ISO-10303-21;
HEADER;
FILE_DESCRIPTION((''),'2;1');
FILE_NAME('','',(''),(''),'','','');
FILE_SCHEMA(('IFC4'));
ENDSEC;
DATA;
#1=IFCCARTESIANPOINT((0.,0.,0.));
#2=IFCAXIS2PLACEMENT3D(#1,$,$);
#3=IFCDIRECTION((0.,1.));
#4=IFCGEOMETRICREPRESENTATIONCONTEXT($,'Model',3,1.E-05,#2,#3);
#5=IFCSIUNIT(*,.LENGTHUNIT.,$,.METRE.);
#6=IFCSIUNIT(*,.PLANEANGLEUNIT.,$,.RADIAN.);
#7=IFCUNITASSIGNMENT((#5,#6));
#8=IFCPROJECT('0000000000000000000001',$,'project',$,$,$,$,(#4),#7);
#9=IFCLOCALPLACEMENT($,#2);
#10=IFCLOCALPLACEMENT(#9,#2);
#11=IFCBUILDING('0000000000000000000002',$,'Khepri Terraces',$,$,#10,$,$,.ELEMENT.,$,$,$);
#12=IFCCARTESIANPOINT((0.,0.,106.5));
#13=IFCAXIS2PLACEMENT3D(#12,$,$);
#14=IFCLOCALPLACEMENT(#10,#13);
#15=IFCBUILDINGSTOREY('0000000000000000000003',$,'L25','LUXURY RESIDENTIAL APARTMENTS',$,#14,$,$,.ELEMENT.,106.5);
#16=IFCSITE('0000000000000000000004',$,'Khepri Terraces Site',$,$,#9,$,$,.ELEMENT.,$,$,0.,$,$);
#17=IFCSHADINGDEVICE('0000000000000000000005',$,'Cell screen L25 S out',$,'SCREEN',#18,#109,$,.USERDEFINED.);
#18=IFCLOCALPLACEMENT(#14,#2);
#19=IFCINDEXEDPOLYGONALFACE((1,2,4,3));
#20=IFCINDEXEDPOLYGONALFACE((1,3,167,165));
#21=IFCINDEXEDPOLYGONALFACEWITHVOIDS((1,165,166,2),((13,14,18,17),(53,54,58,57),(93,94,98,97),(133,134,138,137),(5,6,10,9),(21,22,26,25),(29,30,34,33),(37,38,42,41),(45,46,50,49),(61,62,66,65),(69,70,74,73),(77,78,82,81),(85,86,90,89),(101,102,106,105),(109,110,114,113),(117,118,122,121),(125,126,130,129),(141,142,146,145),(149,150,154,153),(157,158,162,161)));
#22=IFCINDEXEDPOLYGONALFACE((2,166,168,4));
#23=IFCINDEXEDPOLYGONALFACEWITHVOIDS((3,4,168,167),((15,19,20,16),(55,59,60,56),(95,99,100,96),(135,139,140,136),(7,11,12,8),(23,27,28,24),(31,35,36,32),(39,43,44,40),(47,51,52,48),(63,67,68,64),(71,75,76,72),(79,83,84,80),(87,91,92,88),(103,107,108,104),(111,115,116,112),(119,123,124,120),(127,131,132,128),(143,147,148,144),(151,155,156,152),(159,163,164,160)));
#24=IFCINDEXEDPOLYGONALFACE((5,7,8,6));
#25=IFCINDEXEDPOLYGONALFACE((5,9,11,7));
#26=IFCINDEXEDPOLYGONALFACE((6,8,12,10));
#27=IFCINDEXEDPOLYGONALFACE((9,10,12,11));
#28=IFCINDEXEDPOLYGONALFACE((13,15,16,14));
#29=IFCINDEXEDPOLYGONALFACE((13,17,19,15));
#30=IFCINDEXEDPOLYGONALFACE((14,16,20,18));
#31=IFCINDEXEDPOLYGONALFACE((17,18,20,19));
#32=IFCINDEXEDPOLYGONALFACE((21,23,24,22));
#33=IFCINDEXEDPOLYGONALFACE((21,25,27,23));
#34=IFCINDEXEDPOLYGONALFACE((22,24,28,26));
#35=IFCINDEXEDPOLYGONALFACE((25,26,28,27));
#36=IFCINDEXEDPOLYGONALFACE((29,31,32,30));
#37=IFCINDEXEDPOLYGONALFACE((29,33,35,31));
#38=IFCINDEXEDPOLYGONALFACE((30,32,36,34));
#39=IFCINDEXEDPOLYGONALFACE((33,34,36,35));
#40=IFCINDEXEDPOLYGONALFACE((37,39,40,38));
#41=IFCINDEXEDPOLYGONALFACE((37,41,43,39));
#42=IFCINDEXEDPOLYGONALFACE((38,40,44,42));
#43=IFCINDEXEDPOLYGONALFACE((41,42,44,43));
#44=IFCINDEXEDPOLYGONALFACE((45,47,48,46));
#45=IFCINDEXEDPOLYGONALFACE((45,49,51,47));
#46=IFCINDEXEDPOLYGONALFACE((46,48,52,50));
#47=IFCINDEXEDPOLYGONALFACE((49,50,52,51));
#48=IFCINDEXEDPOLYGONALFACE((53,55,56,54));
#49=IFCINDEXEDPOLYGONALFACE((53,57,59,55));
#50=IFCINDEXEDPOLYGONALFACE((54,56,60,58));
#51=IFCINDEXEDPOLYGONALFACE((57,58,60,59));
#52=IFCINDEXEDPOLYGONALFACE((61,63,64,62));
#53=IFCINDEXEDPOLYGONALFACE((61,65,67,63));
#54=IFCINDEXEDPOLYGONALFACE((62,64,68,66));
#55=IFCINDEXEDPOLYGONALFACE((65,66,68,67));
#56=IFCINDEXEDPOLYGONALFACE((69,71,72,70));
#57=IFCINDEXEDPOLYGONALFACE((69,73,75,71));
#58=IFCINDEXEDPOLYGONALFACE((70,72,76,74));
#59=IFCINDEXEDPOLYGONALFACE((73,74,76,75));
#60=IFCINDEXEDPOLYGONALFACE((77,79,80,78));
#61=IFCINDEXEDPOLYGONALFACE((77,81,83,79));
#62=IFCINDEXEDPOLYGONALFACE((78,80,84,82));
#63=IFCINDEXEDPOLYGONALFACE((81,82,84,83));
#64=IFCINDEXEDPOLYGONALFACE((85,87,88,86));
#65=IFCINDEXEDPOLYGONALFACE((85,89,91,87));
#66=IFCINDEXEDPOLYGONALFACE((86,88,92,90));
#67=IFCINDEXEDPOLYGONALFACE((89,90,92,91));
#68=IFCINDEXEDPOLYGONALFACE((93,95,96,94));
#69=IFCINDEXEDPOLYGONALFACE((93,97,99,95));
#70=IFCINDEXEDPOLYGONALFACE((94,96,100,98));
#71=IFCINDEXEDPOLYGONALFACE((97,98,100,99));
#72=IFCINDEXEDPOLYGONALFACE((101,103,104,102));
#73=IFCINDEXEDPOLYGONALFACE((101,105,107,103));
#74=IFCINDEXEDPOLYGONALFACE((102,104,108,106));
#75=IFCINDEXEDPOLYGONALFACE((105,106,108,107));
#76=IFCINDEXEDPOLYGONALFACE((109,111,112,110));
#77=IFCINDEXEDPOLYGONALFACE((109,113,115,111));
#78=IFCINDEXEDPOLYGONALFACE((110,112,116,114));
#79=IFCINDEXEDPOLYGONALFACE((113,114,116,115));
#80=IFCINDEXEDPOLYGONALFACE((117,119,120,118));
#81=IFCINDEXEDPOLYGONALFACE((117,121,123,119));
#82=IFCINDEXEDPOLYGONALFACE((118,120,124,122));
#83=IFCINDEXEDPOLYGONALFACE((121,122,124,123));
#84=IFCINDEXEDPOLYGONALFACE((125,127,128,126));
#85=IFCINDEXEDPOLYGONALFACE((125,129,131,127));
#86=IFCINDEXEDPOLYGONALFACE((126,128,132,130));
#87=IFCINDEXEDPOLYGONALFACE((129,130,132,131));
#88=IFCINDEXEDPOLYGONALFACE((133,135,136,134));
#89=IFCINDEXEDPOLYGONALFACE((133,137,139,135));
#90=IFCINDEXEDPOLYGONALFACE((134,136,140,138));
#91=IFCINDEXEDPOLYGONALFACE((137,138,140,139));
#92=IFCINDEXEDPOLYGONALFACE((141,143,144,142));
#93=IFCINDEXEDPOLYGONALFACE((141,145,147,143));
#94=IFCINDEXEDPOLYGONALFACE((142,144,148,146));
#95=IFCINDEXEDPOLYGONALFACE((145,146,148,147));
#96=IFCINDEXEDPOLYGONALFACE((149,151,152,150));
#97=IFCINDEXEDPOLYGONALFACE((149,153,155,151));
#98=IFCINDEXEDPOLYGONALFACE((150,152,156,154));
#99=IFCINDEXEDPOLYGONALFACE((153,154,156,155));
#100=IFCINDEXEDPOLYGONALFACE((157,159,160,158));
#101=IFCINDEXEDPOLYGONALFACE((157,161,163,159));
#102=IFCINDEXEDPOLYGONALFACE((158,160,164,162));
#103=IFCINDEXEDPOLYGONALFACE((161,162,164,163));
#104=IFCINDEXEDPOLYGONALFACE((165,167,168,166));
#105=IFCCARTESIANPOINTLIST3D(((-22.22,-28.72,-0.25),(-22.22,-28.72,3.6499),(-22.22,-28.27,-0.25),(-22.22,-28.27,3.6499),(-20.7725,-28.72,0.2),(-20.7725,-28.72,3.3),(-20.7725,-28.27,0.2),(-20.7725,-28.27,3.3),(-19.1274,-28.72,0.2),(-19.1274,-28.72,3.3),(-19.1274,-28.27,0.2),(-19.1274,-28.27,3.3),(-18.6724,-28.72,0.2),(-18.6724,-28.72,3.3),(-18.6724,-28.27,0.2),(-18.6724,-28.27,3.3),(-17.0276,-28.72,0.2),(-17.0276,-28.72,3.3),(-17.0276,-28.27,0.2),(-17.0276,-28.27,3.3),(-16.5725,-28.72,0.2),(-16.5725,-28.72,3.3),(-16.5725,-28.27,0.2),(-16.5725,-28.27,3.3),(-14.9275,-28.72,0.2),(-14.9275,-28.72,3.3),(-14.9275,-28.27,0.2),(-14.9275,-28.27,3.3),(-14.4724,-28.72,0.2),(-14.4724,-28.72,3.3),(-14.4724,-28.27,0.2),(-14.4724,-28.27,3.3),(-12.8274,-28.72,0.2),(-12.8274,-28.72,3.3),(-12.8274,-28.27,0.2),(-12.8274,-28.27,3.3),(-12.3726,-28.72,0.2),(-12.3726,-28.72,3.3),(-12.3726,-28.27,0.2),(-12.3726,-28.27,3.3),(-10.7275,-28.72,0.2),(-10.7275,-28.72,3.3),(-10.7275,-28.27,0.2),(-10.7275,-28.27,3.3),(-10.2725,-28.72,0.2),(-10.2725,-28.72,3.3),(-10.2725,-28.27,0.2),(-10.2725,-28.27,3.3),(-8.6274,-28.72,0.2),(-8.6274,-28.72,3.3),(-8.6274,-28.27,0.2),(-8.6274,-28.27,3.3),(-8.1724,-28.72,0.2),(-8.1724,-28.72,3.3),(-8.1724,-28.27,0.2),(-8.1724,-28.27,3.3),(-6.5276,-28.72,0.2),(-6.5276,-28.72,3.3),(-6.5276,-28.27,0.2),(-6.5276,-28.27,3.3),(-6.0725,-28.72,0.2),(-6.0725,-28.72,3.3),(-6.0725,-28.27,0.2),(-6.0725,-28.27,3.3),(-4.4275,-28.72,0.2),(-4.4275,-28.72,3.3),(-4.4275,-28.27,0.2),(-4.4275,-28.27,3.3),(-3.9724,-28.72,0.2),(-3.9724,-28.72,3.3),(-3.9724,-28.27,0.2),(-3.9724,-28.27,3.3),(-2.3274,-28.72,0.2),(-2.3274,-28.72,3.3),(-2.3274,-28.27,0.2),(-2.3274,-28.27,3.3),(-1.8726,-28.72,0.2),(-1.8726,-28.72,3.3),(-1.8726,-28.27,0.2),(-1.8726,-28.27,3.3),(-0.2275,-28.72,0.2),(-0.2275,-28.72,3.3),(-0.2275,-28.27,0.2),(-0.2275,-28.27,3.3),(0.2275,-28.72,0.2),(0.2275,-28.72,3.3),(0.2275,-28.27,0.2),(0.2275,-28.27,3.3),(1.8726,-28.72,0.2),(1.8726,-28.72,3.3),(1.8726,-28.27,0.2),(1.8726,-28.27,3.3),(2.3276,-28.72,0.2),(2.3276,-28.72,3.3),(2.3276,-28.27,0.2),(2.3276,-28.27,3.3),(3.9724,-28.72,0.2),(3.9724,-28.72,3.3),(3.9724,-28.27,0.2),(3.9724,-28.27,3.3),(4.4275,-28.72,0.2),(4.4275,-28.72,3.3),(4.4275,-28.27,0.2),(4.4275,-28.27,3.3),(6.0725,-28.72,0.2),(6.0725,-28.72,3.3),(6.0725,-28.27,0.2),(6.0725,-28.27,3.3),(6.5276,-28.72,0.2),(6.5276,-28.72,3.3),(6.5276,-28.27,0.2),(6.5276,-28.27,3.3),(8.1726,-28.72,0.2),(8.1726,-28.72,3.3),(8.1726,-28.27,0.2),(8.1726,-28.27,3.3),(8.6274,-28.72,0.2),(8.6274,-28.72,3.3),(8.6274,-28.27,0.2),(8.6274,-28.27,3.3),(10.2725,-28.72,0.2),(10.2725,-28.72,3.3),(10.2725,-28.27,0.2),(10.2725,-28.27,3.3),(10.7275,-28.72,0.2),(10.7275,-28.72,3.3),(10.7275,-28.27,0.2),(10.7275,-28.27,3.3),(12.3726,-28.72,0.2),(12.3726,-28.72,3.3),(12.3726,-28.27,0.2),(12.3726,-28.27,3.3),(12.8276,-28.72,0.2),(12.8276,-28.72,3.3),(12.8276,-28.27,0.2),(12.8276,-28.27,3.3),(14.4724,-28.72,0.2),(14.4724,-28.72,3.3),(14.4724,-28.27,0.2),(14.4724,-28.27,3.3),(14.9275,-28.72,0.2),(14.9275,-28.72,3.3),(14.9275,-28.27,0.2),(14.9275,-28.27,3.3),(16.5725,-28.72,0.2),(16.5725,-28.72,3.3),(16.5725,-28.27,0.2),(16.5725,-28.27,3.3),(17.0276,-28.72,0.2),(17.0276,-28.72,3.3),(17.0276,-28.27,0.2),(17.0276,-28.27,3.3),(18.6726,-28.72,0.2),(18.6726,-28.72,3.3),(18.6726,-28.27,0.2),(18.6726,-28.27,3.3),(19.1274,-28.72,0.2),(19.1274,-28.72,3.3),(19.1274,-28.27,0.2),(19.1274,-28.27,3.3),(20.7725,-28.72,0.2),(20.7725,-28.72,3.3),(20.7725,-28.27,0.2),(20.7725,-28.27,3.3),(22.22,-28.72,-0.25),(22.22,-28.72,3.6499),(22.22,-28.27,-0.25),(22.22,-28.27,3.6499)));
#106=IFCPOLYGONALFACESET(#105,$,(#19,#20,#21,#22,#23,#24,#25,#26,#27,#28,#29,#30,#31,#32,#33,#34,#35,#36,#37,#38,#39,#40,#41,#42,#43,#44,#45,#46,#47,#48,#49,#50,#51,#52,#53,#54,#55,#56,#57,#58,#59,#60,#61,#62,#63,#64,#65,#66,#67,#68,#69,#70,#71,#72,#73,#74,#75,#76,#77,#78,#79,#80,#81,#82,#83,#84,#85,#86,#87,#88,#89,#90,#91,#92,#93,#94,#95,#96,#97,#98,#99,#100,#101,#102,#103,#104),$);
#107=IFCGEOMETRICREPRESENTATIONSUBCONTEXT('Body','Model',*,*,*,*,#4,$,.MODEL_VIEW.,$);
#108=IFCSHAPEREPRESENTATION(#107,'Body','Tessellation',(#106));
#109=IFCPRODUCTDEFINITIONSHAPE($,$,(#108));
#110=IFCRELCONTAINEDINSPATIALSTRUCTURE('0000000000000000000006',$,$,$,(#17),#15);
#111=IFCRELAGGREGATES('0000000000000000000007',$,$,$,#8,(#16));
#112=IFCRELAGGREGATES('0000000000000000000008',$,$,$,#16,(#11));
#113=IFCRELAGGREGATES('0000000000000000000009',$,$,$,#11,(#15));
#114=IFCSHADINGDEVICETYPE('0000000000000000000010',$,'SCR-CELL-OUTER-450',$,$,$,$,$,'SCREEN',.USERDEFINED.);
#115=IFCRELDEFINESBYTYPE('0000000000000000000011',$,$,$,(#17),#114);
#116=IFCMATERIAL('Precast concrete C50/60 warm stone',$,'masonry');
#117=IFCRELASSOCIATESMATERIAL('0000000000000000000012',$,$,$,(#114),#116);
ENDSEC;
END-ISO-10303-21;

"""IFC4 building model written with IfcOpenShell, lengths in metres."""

from ifc_helpers import new_model, si_unit, direction, frame, origin, place, context, subcontext, project, spatial, polyline, outline, extrude, material, type_object, element, save


model = new_model("IFC4")

# Units and contexts
model_context = context("Model", 3, precision=1e-05, world=origin(), true_north=direction((0.0, 1.0)))
body_context = subcontext(model_context, "Body", "Model", "MODEL_VIEW")
ifc_project = project(units=[si_unit("LENGTHUNIT", "METRE"), si_unit("PLANEANGLEUNIT", "RADIAN")], contexts=[model_context])

# Site, building, storey
site_placement = place(None, origin())
site = spatial("IfcSite", under=ifc_project, at=site_placement, Name="Khepri Terraces Site", CompositionType="ELEMENT", RefElevation=0.0)
building_placement = place(site_placement, origin())
building = spatial("IfcBuilding", under=site, at=building_placement, Name="Khepri Terraces", CompositionType="ELEMENT")
storey_placement = place(building_placement, frame((0.0, 0.0, 106.5)))
storey = spatial("IfcBuildingStorey", under=building, at=storey_placement, Name="L25", Description="LUXURY RESIDENTIAL APARTMENTS", CompositionType="ELEMENT", Elevation=106.5)

# Shared definitions
ifc_material_1 = material(Name="Precast concrete C50/60 warm stone", Category="masonry")

# Shading device
shading_device_type_1 = type_object("IfcShadingDeviceType", Name="SCR-CELL-OUTER-450", ElementType="SCREEN", PredefinedType="USERDEFINED", material=ifc_material_1)
shading_device_1_placement = place(storey_placement, frame((-22.22, -28.27, -0.25), z_axis=(0.0, -1.0, 0.0), x_axis=(1.0, 0.0, 0.0)))
element("IfcShadingDevice", 1, at=shading_device_1_placement, inside=storey, type_object=shading_device_type_1, Name="Cell screen L25 S out", ObjectType="SCREEN", PredefinedType="USERDEFINED", context=body_context, shape_type="SweptSolid", body=[
    extrude(outline(polyline([(0.0, 0.0), (44.4399, 0.0), (44.4399, 3.8999), (0.0, 3.8999), (0.0, 0.0)]), holes=[polyline([(1.4475, 0.45), (3.0925, 0.45), (3.0925, 3.55), (1.4475, 3.55), (1.4475, 0.45)]), polyline([(3.5476, 0.45), (5.1924, 0.45), (5.1924, 3.55), (3.5476, 3.55), (3.5476, 0.45)]), polyline([(5.6475, 0.45), (7.2925, 0.45), (7.2925, 3.55), (5.6475, 3.55), (5.6475, 0.45)]), polyline([(7.7476, 0.45), (9.3926, 0.45), (9.3926, 3.55), (7.7476, 3.55), (7.7476, 0.45)]), polyline([(9.8474, 0.45), (11.4924, 0.45), (11.4924, 3.55), (9.8474, 3.55), (9.8474, 0.45)]), polyline([(11.9475, 0.45), (13.5925, 0.45), (13.5925, 3.55), (11.9475, 3.55), (11.9475, 0.45)]), polyline([(14.0476, 0.45), (15.6924, 0.45), (15.6924, 3.55), (14.0476, 3.55), (14.0476, 0.45)]), polyline([(16.1475, 0.45), (17.7925, 0.45), (17.7925, 3.55), (16.1475, 3.55), (16.1475, 0.45)]), polyline([(18.2476, 0.45), (19.8926, 0.45), (19.8926, 3.55), (18.2476, 3.55), (18.2476, 0.45)]), polyline([(20.3474, 0.45), (21.9924, 0.45), (21.9924, 3.55), (20.3474, 3.55), (20.3474, 0.45)]), polyline([(22.4475, 0.45), (24.0925, 0.45), (24.0925, 3.55), (22.4475, 3.55), (22.4475, 0.45)]), polyline([(24.5476, 0.45), (26.1924, 0.45), (26.1924, 3.55), (24.5476, 3.55), (24.5476, 0.45)]), polyline([(26.6475, 0.45), (28.2925, 0.45), (28.2925, 3.55), (26.6475, 3.55), (26.6475, 0.45)]), polyline([(28.7476, 0.45), (30.3926, 0.45), (30.3926, 3.55), (28.7476, 3.55), (28.7476, 0.45)]), polyline([(30.8474, 0.45), (32.4924, 0.45), (32.4924, 3.55), (30.8474, 3.55), (30.8474, 0.45)]), polyline([(32.9475, 0.45), (34.5925, 0.45), (34.5925, 3.55), (32.9475, 3.55), (32.9475, 0.45)]), polyline([(35.0476, 0.45), (36.6924, 0.45), (36.6924, 3.55), (35.0476, 3.55), (35.0476, 0.45)]), polyline([(37.1475, 0.45), (38.7925, 0.45), (38.7925, 3.55), (37.1475, 3.55), (37.1475, 0.45)]), polyline([(39.2476, 0.45), (40.8926, 0.45), (40.8926, 3.55), (39.2476, 3.55), (39.2476, 0.45)]), polyline([(41.3474, 0.45), (42.9924, 0.45), (42.9924, 3.55), (41.3474, 3.55), (41.3474, 0.45)])]), origin(), (0.0, 0.0, 1.0), 0.45),
])

save(model, "model.ifc")
